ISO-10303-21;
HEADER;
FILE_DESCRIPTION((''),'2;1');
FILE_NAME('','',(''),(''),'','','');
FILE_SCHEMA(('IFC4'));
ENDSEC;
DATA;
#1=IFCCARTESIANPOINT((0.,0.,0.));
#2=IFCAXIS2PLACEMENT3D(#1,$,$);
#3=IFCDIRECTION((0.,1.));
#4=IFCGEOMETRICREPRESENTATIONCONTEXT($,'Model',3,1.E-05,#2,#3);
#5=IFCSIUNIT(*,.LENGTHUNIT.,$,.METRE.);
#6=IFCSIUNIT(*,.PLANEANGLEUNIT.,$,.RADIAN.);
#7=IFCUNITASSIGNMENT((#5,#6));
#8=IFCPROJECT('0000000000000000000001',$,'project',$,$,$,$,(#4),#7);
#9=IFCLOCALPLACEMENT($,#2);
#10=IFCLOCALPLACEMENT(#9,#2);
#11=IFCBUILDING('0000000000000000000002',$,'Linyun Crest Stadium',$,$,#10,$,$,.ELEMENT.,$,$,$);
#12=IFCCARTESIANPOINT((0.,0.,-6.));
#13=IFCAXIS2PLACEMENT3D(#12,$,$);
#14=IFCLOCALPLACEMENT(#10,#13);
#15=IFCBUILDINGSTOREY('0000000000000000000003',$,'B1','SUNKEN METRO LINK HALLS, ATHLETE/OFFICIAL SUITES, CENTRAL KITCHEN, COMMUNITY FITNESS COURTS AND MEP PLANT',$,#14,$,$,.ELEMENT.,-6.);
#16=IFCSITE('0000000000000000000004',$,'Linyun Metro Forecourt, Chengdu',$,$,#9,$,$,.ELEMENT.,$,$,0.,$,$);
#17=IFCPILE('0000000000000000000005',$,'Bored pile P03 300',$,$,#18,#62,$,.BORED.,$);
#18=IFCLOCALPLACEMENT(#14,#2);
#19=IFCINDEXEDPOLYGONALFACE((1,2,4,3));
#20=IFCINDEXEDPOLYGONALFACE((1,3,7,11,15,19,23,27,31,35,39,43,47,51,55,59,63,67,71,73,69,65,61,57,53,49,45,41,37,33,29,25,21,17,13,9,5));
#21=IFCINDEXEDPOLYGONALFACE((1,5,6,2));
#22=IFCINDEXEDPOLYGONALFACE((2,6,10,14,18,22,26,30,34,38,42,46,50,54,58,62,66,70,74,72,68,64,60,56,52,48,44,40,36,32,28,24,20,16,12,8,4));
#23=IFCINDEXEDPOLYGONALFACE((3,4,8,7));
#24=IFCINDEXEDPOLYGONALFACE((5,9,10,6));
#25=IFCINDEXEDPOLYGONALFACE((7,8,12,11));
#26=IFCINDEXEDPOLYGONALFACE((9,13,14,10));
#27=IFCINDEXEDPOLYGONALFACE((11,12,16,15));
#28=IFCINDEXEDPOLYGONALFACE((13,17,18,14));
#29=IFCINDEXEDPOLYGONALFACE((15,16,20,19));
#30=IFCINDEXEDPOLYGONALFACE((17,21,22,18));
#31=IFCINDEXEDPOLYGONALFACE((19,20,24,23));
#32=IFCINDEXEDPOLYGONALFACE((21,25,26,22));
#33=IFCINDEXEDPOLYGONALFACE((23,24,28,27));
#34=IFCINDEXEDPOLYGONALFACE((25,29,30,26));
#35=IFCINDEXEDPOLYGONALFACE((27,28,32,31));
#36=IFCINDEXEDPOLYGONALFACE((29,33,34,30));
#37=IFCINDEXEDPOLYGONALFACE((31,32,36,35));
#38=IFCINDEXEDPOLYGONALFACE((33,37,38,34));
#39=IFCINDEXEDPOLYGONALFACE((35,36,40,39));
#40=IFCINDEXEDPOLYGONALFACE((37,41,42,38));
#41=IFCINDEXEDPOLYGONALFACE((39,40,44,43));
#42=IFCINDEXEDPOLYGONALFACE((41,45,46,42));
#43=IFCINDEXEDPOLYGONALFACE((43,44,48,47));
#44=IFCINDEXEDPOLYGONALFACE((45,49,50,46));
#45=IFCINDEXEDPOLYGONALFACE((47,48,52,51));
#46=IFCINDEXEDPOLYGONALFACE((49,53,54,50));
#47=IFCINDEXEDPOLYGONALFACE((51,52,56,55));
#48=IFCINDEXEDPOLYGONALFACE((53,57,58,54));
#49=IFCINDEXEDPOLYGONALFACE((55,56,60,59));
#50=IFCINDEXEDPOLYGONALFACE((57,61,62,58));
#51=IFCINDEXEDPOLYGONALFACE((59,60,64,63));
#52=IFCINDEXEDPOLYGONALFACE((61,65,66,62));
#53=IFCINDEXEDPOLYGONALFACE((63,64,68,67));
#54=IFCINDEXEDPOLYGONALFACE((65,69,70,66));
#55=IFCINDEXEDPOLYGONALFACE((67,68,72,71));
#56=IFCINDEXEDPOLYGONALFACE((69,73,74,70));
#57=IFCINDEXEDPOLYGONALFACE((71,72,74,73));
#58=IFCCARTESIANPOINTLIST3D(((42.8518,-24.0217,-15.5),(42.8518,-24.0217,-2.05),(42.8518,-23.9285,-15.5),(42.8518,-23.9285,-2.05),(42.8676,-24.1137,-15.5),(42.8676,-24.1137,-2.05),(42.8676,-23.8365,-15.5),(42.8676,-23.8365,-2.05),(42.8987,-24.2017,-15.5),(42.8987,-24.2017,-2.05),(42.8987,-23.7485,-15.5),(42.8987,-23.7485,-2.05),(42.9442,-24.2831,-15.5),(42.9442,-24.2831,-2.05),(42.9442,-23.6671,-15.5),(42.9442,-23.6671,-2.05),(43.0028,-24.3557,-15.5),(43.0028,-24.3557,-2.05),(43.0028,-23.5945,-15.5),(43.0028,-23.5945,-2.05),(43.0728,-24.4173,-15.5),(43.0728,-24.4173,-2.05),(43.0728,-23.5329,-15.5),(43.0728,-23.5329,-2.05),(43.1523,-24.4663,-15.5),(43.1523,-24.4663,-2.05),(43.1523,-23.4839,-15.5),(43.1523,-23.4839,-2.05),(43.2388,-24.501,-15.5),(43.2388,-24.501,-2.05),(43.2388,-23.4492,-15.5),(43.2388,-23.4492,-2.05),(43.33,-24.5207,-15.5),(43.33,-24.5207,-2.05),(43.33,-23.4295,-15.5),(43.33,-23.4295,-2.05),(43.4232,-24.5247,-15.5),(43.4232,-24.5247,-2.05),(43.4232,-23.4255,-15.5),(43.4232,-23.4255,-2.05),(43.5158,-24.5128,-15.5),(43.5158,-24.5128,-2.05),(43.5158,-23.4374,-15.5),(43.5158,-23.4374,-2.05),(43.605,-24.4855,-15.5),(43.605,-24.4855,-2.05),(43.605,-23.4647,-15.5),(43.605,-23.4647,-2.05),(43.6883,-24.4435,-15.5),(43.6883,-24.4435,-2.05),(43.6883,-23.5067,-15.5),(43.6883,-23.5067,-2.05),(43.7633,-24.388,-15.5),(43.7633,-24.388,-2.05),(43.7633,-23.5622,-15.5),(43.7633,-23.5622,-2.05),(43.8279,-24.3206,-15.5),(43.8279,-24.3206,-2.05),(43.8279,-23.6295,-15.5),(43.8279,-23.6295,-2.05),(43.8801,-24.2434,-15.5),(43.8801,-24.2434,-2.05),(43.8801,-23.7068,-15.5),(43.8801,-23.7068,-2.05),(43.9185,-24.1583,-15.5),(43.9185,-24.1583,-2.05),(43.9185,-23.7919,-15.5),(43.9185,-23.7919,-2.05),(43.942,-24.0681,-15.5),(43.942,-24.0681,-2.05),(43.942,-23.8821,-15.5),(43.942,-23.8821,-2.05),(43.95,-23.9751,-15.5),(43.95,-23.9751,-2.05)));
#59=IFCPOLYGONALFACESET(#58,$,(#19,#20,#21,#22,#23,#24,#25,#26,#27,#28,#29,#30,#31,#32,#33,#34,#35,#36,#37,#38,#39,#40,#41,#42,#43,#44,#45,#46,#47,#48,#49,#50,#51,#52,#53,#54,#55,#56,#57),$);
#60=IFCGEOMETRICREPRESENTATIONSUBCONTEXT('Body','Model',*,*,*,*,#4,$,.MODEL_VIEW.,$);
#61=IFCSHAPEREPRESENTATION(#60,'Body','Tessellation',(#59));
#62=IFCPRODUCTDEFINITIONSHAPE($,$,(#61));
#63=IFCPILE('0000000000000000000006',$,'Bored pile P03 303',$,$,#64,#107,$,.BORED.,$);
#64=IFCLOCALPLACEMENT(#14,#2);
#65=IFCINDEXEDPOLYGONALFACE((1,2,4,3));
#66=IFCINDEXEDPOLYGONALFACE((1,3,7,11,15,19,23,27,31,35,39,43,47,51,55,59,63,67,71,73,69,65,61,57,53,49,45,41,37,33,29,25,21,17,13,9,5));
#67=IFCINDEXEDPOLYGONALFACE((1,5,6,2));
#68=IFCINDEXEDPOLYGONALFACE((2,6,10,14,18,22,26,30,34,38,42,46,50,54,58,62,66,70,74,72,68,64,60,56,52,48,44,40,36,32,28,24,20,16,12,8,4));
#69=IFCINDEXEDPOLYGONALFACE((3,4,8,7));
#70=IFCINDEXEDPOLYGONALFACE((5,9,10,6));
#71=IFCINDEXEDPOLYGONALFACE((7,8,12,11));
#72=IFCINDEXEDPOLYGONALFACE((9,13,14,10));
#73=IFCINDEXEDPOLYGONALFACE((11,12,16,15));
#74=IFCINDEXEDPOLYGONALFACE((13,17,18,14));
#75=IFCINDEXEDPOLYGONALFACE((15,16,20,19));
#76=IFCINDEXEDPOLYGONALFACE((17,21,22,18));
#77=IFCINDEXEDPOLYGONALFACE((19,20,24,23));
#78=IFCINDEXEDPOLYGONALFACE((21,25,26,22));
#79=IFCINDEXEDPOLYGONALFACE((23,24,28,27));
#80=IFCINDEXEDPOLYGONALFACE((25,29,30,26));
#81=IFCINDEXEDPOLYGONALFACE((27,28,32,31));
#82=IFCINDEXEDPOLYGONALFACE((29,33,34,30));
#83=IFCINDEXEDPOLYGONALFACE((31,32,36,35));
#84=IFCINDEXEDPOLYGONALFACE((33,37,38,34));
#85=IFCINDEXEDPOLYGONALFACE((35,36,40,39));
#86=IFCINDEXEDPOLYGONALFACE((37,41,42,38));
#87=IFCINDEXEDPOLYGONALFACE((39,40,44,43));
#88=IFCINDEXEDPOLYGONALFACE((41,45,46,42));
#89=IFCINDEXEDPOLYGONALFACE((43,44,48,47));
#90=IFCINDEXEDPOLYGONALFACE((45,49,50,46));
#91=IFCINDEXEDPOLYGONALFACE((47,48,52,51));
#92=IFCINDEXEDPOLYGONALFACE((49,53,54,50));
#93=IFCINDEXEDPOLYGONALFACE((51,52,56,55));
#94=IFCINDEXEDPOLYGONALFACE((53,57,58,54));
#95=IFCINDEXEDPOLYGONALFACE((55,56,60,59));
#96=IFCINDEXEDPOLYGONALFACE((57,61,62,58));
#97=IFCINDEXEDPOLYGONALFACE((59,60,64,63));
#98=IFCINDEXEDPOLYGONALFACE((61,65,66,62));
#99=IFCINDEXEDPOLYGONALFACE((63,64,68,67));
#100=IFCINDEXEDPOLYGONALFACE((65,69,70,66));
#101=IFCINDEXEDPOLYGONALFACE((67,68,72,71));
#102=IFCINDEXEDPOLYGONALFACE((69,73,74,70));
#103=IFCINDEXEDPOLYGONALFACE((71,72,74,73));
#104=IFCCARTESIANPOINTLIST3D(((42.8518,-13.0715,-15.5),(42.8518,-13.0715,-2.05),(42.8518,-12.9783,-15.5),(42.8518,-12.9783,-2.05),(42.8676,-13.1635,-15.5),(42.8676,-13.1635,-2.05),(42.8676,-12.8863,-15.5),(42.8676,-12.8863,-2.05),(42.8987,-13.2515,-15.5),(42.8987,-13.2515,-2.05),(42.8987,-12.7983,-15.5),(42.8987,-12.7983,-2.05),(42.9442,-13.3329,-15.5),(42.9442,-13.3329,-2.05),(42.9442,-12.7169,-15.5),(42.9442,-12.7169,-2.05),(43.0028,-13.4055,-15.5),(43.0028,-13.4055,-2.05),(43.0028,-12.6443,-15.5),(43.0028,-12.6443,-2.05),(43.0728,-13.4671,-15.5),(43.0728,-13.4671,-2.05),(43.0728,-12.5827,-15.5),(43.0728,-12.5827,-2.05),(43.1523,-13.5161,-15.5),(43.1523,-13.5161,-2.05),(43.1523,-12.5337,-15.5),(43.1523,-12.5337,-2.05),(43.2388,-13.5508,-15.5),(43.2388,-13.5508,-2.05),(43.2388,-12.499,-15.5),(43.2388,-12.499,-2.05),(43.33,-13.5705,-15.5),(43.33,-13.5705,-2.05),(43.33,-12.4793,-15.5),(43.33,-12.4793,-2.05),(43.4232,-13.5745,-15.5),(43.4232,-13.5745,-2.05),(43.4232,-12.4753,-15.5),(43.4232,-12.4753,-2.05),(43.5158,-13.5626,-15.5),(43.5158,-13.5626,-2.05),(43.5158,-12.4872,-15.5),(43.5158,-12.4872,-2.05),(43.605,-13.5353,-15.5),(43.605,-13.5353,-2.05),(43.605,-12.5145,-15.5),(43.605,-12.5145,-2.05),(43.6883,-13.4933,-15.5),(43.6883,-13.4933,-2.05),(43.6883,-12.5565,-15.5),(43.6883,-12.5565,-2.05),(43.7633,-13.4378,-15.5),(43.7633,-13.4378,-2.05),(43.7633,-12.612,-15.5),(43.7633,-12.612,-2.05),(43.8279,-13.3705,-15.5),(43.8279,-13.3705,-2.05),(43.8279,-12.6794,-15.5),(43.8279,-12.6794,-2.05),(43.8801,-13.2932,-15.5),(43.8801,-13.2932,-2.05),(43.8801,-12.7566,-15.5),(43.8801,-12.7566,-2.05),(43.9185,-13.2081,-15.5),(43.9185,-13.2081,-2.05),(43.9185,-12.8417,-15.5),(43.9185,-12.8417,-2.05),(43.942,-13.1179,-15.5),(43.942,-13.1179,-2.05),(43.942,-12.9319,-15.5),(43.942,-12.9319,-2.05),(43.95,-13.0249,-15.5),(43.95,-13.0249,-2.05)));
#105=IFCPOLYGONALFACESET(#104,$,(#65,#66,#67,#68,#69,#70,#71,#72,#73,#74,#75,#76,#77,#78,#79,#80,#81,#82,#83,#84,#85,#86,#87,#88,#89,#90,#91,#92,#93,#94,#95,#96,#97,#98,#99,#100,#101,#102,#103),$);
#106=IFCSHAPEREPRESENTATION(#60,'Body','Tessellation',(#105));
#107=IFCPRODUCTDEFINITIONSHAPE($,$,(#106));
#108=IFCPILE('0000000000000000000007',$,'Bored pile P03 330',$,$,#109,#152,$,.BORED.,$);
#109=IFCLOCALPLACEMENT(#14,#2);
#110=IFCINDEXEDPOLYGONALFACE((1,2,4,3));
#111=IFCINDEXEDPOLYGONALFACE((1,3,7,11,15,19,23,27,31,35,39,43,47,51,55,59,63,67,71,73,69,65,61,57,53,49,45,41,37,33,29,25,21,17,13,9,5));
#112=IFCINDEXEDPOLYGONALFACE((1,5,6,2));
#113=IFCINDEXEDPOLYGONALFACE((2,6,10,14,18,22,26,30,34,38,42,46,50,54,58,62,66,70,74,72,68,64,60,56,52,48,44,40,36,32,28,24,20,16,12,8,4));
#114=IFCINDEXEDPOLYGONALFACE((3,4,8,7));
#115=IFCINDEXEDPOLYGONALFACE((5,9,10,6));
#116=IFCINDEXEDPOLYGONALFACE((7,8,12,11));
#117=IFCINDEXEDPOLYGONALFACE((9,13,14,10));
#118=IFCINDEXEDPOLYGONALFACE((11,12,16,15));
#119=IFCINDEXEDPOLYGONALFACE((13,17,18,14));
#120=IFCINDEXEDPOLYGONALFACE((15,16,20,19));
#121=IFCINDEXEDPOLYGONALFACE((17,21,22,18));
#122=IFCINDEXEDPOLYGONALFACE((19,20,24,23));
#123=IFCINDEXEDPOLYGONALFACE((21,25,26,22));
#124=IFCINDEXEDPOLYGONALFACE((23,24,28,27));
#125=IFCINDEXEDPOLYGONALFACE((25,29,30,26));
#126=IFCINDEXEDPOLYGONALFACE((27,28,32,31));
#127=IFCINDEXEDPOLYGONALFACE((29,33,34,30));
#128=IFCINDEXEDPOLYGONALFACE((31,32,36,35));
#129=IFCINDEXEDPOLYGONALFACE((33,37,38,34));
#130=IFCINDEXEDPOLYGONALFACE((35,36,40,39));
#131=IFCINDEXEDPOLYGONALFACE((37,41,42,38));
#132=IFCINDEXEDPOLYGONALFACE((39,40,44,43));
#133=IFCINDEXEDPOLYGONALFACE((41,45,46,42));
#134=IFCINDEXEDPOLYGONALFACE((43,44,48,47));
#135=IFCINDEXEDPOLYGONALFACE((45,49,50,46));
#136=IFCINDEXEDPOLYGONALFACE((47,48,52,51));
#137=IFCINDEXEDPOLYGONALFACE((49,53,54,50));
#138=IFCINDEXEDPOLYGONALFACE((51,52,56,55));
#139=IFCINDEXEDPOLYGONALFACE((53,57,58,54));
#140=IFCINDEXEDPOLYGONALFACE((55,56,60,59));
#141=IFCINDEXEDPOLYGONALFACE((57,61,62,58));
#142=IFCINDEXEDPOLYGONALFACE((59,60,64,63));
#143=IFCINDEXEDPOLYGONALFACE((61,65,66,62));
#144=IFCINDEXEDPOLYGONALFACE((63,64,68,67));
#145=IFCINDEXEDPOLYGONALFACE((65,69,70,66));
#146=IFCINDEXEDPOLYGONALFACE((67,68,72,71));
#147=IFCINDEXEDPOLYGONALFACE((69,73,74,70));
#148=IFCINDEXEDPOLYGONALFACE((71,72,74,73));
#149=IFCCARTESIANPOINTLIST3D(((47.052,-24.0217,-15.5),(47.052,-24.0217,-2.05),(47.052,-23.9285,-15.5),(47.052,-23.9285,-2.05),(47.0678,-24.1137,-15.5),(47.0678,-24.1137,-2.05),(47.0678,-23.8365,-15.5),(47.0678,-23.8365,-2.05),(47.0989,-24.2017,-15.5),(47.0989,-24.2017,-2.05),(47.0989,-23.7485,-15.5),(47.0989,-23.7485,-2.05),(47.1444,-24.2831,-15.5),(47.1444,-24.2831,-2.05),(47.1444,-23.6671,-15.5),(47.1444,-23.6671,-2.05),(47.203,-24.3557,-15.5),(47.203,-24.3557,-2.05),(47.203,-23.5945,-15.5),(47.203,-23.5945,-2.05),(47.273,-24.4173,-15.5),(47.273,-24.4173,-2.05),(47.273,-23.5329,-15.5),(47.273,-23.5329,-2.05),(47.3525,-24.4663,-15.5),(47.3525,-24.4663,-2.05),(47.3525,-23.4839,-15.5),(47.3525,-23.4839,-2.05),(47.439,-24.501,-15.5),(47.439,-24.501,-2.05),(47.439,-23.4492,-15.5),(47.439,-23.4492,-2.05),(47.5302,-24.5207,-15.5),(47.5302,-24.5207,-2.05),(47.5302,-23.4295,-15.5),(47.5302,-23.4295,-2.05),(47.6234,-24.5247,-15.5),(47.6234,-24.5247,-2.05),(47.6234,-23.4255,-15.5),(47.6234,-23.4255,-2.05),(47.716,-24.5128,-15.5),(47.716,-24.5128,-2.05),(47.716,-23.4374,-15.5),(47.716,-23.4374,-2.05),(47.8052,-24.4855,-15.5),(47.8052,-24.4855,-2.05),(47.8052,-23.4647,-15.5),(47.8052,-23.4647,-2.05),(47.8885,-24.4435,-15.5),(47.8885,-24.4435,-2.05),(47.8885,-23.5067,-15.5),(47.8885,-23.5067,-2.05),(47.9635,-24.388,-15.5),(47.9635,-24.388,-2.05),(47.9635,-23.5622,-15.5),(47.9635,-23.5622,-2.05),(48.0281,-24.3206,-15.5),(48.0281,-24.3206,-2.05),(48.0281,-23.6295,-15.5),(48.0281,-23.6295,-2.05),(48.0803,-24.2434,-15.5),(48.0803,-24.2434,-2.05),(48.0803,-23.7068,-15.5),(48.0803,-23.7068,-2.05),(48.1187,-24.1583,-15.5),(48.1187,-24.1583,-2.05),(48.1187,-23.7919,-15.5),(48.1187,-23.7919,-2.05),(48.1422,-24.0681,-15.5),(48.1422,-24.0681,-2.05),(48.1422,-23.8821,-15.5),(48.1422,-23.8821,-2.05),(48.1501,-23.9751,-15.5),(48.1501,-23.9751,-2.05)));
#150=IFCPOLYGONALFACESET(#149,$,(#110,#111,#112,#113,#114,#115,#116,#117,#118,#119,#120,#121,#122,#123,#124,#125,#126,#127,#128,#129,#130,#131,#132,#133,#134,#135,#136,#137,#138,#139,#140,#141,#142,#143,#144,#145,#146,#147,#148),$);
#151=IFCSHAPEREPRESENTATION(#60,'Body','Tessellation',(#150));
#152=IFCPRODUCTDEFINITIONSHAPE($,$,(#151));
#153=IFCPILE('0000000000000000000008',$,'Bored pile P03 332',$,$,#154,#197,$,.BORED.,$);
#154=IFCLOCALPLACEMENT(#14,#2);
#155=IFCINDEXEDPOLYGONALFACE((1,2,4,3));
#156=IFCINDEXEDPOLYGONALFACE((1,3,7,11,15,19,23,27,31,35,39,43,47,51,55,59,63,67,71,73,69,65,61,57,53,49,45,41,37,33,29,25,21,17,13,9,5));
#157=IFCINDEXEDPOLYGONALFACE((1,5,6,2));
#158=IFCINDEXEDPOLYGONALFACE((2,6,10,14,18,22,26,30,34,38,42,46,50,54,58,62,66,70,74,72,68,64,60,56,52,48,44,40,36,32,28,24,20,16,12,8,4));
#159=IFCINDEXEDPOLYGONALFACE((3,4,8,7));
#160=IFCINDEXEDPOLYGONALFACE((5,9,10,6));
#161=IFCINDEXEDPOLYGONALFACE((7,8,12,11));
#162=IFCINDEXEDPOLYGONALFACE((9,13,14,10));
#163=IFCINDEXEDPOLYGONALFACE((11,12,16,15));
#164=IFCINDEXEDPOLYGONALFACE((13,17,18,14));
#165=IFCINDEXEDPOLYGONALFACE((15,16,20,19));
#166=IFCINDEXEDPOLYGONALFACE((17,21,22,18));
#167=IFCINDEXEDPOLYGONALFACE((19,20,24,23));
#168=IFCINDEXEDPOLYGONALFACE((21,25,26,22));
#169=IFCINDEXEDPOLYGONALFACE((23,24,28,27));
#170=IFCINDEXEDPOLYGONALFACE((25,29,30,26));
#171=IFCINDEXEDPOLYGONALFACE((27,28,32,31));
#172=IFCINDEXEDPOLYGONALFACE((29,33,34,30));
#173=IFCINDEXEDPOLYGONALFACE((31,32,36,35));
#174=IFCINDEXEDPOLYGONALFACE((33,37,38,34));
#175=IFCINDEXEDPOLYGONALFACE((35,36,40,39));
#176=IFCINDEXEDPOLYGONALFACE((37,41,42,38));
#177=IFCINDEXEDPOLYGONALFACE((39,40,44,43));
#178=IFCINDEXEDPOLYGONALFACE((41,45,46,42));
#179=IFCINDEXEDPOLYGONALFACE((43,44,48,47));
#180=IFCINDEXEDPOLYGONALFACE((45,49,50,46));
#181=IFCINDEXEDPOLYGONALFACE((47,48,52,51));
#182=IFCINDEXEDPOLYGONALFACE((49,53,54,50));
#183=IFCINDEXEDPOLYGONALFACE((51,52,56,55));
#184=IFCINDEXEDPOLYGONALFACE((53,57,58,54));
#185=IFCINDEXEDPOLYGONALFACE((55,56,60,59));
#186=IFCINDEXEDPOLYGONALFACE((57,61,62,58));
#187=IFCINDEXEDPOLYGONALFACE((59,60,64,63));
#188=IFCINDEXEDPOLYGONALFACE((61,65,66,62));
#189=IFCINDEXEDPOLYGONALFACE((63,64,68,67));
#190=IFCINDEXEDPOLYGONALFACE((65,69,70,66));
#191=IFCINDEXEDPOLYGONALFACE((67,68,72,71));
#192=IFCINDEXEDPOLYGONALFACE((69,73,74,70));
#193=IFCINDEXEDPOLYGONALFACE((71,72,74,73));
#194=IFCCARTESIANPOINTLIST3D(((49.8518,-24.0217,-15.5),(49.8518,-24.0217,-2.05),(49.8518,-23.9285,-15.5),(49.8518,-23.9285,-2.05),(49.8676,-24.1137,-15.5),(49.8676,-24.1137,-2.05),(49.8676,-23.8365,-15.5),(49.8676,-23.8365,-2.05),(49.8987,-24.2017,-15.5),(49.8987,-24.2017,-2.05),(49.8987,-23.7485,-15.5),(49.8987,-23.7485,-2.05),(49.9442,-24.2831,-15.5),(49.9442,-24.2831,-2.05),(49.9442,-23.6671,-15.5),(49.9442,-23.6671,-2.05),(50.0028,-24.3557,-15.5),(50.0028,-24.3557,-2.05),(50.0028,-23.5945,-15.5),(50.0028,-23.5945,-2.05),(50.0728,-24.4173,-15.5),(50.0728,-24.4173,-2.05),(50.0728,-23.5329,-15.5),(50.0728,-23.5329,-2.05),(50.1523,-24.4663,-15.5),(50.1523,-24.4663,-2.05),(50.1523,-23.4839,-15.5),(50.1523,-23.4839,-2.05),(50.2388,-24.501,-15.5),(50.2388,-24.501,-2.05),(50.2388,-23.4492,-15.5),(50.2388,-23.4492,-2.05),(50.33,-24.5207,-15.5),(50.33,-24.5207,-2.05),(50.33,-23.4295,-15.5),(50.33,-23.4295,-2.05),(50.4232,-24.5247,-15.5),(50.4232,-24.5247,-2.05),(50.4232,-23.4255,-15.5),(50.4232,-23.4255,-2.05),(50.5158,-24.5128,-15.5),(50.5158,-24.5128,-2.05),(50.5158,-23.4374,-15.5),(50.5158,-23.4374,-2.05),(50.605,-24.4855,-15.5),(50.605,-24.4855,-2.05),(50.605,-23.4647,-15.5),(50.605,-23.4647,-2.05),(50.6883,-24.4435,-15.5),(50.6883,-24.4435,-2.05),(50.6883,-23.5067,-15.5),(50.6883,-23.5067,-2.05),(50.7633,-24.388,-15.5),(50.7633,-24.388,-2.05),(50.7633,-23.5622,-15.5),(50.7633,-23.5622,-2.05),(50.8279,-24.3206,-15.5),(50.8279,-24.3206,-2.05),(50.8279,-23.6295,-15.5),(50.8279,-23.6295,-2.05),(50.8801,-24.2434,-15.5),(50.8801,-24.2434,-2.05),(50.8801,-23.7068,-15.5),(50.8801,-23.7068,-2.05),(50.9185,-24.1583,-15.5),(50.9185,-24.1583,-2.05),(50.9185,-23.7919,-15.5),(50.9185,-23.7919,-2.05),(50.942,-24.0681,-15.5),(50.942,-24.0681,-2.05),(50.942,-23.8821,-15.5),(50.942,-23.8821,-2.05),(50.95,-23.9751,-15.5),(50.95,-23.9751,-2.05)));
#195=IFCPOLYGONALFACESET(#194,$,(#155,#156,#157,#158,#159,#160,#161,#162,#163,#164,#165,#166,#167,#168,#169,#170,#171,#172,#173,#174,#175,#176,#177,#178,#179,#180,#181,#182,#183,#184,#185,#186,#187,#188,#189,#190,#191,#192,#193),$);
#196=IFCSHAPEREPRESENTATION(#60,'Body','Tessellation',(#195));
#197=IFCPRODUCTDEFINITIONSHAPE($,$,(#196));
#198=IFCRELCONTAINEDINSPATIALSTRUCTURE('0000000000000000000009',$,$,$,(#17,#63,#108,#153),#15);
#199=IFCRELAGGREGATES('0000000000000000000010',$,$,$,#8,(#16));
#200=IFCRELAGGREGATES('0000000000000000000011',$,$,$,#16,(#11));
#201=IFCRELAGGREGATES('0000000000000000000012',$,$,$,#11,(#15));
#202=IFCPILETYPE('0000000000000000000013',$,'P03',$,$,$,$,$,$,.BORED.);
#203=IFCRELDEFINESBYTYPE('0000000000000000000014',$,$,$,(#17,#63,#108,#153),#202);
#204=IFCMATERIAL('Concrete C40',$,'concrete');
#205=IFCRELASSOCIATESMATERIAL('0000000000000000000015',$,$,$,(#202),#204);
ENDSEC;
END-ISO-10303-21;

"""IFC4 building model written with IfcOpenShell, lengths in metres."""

from ifc_helpers import new_model, si_unit, direction, frame, origin, origin_2d, place, context, subcontext, project, spatial, circle, extrude, material, material_profile, profile_set, type_object, element, save


model = new_model("IFC4")

# Units and contexts
model_context = context("Model", 3, precision=1e-05, world=origin(), true_north=direction((0.0, 1.0)))
body_context = subcontext(model_context, "Body", "Model", "MODEL_VIEW")
ifc_project = project(units=[si_unit("LENGTHUNIT", "METRE"), si_unit("PLANEANGLEUNIT", "RADIAN")], contexts=[model_context])

# Site, building, storey
site_placement = place(None, origin())
site = spatial("IfcSite", under=ifc_project, at=site_placement, Name="Linyun Metro Forecourt, Chengdu", CompositionType="ELEMENT", RefElevation=0.0)
building_placement = place(site_placement, origin())
building = spatial("IfcBuilding", under=site, at=building_placement, Name="Linyun Crest Stadium", CompositionType="ELEMENT")
storey_placement = place(building_placement, frame((0.0, 0.0, -6.0)))
storey = spatial("IfcBuildingStorey", under=building, at=storey_placement, Name="B1", Description="SUNKEN METRO LINK HALLS, ATHLETE/OFFICIAL SUITES, CENTRAL KITCHEN, COMMUNITY FITNESS COURTS AND MEP PLANT", CompositionType="ELEMENT", Elevation=-6.0)

# Piles
ifc_material_1 = material(Name="Concrete C40", Category="concrete")
ifc_material_profile_1 = material_profile(ifc_material_1, circle(Radius=0.55, at=origin_2d()), Name="BORED PILE 1100")
ifc_profile_set_1 = profile_set([ifc_material_profile_1], Name="Concrete C40")
pile_type = type_object("IfcPileType", Name="P03", PredefinedType="BORED", material=ifc_profile_set_1)
for number, where, z_axis, x_axis, name in (
    (1, (43.3999, -23.9751, -2.05), (0.0, 0.0, -1.0), (1.0, 0.0, 0.0), "Bored pile P03 300"),
    (2, (43.3999, -13.0249, -2.05), (0.0, 0.0, -1.0), (1.0, 0.0, 0.0), "Bored pile P03 303"),
    (3, (47.6001, -23.9751, -2.05), (0.0, 0.0, -1.0), (1.0, 0.0, 0.0), "Bored pile P03 330"),
    (4, (50.3999, -23.9751, -2.05), (0.0, 0.0, -1.0), (1.0, 0.0, 0.0), "Bored pile P03 332"),
):
    element("IfcPile", number, at=place(storey_placement, frame(where, z_axis=z_axis, x_axis=x_axis)), inside=storey, type_object=pile_type, Name=name, PredefinedType="BORED", context=body_context, shape_type="SweptSolid", body=[
        extrude(circle(Radius=0.55, at=origin_2d()), origin(), (0.0, 0.0, 1.0), 13.45),
    ])

save(model, "model.ifc")
